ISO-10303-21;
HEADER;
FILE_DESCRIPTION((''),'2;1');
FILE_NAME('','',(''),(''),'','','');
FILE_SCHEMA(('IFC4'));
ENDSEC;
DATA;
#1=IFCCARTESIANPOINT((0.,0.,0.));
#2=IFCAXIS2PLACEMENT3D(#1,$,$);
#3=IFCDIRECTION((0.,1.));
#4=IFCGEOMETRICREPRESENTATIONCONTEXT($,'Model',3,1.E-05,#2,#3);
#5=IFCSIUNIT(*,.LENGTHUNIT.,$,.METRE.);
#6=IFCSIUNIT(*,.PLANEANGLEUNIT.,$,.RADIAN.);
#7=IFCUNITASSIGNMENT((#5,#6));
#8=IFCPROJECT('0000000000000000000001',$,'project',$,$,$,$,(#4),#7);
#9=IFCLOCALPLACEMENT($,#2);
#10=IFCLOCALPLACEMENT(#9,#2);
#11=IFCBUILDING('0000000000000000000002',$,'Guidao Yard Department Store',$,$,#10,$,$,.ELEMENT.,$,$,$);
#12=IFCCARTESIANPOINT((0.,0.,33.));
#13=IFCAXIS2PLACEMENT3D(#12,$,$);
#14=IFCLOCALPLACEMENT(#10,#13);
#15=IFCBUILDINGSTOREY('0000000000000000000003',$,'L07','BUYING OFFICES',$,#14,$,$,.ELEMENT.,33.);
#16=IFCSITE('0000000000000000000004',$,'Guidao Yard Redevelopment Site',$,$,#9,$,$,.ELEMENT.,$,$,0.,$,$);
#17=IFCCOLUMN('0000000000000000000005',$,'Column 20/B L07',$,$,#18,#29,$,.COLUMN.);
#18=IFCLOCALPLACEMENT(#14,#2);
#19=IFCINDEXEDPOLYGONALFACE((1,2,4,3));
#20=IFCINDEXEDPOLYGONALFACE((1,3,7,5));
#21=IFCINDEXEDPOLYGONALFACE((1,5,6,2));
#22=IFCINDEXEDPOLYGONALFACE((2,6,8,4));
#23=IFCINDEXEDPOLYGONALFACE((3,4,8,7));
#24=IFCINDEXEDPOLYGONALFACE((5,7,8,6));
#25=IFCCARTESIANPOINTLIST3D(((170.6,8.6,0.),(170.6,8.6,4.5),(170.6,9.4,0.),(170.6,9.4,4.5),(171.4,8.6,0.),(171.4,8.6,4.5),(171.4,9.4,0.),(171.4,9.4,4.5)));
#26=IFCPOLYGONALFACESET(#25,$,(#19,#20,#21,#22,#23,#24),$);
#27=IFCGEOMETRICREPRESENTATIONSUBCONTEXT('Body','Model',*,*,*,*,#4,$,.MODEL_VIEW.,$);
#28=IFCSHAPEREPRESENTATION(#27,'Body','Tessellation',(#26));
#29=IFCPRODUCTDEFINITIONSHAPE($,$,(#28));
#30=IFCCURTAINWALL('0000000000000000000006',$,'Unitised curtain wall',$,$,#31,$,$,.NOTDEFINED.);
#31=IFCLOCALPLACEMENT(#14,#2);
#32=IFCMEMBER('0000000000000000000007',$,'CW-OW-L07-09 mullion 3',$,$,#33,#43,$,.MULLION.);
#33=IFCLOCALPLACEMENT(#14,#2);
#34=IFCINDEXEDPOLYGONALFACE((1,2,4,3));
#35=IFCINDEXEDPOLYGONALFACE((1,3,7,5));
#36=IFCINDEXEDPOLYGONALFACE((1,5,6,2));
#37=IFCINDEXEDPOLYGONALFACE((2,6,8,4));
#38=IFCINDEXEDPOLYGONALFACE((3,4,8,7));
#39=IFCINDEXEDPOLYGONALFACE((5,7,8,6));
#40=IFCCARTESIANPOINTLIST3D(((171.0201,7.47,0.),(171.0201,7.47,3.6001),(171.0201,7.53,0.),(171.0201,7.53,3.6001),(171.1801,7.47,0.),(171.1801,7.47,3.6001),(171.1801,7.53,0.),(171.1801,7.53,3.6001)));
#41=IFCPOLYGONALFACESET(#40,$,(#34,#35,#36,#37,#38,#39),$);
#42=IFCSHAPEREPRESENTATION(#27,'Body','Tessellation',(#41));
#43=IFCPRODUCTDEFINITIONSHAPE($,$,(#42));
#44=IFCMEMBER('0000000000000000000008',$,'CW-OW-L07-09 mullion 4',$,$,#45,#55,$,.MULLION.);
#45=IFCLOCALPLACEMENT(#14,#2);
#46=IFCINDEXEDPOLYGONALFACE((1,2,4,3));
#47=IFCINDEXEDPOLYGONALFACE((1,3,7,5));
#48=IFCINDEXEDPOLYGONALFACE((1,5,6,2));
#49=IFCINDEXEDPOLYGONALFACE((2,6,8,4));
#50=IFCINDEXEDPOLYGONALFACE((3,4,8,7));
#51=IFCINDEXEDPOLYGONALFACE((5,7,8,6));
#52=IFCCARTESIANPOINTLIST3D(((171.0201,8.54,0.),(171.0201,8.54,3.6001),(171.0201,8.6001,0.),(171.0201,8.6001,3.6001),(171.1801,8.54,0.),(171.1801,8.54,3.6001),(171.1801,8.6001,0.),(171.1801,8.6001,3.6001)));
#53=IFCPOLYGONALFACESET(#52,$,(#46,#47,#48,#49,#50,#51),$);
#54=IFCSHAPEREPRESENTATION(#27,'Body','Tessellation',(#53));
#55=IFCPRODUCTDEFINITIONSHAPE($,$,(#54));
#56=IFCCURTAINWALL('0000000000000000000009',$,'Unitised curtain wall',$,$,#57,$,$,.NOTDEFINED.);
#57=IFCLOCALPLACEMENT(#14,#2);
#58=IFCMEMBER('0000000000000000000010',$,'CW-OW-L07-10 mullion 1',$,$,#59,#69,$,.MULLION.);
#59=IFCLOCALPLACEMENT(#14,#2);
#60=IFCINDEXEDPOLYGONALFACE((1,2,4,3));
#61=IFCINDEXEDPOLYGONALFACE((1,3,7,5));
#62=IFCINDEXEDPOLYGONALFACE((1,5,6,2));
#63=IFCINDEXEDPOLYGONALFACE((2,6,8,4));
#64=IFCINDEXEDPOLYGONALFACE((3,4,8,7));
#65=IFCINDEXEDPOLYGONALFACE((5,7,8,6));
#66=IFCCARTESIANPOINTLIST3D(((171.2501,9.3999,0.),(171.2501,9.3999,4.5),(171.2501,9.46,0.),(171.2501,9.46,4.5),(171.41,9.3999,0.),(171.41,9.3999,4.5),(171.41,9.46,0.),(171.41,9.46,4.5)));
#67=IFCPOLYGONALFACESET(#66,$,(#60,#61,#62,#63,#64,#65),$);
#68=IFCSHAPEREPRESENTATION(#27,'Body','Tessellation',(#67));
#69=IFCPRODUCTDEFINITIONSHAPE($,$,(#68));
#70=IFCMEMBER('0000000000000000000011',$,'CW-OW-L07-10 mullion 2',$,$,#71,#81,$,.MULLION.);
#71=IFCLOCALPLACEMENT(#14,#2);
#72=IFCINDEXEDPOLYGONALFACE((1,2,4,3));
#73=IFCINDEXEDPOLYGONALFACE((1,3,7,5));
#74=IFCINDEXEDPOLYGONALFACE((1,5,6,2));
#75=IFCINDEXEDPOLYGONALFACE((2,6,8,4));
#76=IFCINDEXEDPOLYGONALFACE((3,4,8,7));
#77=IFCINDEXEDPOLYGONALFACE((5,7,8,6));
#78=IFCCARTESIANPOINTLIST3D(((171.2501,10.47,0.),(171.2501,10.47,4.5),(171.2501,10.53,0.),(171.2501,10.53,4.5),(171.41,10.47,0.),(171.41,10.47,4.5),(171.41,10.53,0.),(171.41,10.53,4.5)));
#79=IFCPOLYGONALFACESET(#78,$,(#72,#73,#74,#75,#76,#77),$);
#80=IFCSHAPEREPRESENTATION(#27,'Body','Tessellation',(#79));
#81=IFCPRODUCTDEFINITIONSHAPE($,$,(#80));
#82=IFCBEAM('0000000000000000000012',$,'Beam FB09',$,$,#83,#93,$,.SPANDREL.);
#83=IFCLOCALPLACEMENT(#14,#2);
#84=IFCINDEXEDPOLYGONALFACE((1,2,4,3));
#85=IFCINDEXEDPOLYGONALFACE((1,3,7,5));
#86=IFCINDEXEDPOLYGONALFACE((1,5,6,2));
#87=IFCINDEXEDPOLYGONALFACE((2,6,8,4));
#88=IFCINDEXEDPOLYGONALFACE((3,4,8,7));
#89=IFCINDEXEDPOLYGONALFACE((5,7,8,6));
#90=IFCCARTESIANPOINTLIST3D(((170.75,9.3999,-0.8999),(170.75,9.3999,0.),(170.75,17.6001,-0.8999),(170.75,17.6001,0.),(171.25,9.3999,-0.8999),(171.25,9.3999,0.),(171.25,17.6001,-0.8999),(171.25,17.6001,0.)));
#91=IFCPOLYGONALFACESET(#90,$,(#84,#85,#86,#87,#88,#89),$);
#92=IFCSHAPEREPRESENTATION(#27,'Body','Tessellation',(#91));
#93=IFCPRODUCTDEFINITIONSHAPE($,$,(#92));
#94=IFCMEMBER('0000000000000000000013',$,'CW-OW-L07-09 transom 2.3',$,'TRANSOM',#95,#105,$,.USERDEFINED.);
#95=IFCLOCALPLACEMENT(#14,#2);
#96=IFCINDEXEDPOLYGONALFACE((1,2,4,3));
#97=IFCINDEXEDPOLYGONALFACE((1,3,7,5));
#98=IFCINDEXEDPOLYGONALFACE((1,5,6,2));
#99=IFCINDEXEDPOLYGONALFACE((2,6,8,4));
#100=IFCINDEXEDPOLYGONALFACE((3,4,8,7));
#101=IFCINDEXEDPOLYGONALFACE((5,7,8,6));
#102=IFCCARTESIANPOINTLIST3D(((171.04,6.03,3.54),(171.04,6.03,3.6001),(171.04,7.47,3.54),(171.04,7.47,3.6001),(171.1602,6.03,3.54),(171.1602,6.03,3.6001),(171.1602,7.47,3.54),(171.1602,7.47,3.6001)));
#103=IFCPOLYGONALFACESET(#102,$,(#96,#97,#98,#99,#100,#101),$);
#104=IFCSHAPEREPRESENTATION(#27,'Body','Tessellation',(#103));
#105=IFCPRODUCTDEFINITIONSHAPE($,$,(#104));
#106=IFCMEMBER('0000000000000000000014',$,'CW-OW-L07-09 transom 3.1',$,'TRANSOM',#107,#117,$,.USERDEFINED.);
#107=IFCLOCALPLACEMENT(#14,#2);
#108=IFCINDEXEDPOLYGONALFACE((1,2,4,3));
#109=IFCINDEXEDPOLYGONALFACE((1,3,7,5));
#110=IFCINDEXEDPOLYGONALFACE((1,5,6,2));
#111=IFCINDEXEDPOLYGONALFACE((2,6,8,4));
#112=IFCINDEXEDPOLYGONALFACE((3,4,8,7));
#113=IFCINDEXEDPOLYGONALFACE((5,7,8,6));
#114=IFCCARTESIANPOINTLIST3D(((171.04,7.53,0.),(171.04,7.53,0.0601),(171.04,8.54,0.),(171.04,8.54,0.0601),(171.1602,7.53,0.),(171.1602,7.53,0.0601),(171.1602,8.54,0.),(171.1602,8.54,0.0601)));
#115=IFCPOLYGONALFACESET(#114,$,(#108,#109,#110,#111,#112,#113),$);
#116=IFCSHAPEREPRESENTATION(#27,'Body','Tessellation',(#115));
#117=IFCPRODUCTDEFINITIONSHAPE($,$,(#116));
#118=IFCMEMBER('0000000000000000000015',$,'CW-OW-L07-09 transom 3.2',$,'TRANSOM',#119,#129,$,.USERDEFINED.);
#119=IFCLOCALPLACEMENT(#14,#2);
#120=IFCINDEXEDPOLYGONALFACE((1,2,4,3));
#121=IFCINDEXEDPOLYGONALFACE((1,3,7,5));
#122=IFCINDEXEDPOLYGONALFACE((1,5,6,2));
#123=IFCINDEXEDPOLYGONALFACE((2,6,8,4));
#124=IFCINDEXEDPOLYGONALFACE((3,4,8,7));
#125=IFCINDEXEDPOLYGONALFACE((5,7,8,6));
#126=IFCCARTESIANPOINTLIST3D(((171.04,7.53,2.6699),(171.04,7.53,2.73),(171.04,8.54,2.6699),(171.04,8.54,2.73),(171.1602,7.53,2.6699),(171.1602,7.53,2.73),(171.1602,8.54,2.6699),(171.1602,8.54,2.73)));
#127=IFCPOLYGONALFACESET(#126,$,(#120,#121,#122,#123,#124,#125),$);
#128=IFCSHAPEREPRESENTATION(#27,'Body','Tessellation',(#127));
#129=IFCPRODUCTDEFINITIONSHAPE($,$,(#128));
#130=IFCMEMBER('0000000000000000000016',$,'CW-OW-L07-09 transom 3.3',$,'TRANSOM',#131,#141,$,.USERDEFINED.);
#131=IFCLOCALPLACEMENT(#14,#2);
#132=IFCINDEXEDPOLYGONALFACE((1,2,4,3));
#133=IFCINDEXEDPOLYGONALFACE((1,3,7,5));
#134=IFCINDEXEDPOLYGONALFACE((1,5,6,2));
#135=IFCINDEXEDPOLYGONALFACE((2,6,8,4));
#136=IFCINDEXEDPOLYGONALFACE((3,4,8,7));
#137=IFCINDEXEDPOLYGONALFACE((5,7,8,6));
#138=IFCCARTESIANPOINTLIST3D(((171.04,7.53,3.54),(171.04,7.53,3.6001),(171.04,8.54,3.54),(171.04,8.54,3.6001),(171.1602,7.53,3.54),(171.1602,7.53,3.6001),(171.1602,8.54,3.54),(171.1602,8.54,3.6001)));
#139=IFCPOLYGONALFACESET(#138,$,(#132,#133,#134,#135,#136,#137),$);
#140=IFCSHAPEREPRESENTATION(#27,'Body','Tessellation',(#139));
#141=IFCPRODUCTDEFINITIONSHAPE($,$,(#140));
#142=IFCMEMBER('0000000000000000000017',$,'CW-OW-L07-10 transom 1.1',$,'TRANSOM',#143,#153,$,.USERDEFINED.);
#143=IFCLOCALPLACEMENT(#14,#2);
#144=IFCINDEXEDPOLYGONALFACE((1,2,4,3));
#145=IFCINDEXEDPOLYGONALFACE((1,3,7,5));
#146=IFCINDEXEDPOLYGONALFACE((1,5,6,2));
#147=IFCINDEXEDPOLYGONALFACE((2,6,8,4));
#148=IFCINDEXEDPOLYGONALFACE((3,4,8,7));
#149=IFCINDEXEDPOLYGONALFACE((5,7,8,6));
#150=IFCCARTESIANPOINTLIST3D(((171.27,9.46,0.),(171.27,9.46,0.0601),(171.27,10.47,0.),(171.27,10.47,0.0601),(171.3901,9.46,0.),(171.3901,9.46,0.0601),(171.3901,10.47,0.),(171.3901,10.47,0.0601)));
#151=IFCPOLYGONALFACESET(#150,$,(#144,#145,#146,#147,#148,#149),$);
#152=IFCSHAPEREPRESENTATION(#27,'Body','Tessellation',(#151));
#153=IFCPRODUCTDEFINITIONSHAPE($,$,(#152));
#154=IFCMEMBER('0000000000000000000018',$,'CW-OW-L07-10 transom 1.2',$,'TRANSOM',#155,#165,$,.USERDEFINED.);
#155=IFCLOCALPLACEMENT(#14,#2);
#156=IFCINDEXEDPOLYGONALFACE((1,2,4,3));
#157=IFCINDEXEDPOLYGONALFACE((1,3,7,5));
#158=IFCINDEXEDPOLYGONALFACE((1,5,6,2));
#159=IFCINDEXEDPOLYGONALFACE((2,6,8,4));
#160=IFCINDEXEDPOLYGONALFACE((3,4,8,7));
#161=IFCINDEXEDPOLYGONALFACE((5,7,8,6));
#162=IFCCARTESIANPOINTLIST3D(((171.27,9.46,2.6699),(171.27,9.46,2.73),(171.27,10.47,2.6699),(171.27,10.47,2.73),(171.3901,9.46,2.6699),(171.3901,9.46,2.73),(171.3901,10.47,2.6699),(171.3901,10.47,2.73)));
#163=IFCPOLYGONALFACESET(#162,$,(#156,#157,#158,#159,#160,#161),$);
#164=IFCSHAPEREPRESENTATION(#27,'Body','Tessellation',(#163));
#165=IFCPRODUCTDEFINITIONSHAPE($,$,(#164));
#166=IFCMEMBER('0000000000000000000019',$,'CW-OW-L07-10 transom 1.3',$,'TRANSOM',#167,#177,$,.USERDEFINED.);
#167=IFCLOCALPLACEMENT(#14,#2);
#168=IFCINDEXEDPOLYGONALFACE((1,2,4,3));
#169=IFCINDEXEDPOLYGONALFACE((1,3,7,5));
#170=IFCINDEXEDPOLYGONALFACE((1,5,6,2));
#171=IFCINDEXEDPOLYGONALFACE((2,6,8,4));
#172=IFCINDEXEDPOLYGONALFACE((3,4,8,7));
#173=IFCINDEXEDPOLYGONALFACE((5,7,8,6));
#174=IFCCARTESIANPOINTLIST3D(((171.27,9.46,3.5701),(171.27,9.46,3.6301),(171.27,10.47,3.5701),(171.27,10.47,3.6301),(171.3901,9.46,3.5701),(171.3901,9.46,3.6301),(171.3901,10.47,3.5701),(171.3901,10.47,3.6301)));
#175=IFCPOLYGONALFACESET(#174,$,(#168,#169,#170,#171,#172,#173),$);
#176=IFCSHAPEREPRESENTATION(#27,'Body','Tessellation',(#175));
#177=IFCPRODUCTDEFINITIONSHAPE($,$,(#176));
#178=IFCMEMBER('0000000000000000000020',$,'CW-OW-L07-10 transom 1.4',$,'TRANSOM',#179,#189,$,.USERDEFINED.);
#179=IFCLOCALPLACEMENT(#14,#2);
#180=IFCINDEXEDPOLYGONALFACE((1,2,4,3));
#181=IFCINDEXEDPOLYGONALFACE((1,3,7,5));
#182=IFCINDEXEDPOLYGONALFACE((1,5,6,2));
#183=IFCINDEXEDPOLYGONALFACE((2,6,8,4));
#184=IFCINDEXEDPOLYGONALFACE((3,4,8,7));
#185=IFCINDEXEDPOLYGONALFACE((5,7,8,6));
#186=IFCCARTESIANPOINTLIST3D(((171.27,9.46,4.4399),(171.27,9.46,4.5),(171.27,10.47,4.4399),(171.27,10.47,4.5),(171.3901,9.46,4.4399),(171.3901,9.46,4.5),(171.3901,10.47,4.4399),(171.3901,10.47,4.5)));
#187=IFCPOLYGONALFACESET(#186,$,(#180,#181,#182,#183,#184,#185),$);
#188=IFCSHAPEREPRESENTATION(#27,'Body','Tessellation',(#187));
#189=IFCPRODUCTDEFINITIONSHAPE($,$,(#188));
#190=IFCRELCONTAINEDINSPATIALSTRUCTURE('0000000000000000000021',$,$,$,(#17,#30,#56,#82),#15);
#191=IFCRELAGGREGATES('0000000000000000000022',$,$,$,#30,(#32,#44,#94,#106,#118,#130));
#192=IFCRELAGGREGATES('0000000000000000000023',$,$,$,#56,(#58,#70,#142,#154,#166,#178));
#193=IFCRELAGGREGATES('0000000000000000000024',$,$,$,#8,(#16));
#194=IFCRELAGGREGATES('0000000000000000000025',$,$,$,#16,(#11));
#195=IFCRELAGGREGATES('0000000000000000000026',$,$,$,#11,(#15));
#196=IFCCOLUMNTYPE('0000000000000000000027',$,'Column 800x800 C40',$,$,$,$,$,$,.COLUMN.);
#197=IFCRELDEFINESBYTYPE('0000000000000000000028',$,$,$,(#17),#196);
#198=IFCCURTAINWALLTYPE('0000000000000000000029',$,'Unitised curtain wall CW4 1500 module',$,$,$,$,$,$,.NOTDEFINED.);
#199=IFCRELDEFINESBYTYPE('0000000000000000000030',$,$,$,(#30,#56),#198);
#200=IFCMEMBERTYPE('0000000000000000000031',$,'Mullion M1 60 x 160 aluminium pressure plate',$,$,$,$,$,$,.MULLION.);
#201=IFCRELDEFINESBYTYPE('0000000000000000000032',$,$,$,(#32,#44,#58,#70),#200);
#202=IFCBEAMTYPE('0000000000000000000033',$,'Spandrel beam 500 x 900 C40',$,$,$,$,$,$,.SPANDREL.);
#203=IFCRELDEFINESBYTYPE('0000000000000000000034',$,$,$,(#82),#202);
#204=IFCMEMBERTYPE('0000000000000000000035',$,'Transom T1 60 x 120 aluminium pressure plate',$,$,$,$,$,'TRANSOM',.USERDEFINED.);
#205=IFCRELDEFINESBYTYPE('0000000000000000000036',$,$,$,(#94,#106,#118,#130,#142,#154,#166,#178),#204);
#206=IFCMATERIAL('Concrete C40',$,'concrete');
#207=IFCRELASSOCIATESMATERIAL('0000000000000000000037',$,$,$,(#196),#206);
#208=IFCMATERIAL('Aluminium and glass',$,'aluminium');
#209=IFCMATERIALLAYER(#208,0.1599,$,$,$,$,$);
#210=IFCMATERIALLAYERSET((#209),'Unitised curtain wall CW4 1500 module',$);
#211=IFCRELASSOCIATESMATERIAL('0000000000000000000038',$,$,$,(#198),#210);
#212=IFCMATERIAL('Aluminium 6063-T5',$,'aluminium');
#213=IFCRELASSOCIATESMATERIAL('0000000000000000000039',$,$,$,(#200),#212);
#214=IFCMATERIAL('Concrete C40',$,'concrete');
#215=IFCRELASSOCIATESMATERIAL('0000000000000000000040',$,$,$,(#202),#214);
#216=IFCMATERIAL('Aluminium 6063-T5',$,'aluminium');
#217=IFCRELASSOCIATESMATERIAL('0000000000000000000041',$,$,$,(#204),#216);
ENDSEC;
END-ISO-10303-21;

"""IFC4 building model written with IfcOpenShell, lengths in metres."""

from ifc_helpers import new_model, si_unit, direction, frame, origin, origin_2d, place, context, subcontext, project, spatial, rectangle, extrude, material, layer, layer_set, material_profile, profile_set, type_object, element, aggregate, save


model = new_model("IFC4")

# Units and contexts
model_context = context("Model", 3, precision=1e-05, world=origin(), true_north=direction((0.0, 1.0)))
body_context = subcontext(model_context, "Body", "Model", "MODEL_VIEW")
ifc_project = project(units=[si_unit("LENGTHUNIT", "METRE"), si_unit("PLANEANGLEUNIT", "RADIAN")], contexts=[model_context])

# Site, building, storey
site_placement = place(None, origin())
site = spatial("IfcSite", under=ifc_project, at=site_placement, Name="Guidao Yard Redevelopment Site", CompositionType="ELEMENT", RefElevation=0.0)
building_placement = place(site_placement, origin())
building = spatial("IfcBuilding", under=site, at=building_placement, Name="Guidao Yard Department Store", CompositionType="ELEMENT")
storey_placement = place(building_placement, frame((0.0, 0.0, 33.0)))
storey = spatial("IfcBuildingStorey", under=building, at=storey_placement, Name="L07", Description="BUYING OFFICES", CompositionType="ELEMENT", Elevation=33.0)

# Column
ifc_material_1 = material(Name="Concrete C40", Category="concrete")
ifc_material_profile_1 = material_profile(ifc_material_1, rectangle(XDim=0.8, YDim=0.8, at=origin_2d()), Name="COL 800x800")
ifc_profile_set_1 = profile_set([ifc_material_profile_1], Name="Concrete C40")
column_type = type_object("IfcColumnType", Name="Column 800x800 C40", PredefinedType="COLUMN", material=ifc_profile_set_1)
column_placement = place(storey_placement, frame((171.0, 9.0, 0.0), z_axis=(0.0, 0.0, 1.0), x_axis=(1.0, 0.0, 0.0)))
element("IfcColumn", 1, at=column_placement, inside=storey, type_object=column_type, Name="Column 20/B L07", PredefinedType="COLUMN", context=body_context, shape_type="SweptSolid", body=[
    extrude(rectangle(XDim=0.8, YDim=0.8, at=origin_2d()), origin(), (0.0, 0.0, 1.0), 4.5),
])

# Curtain walls, members
ifc_material_2 = material(Name="Aluminium and glass", Category="aluminium")
ifc_layer_1 = layer(ifc_material_2, 0.1599)
ifc_layer_set_1 = layer_set([ifc_layer_1], Name="Unitised curtain wall CW4 1500 module")
curtain_wall_type = type_object("IfcCurtainWallType", Name="Unitised curtain wall CW4 1500 module", PredefinedType="NOTDEFINED", material=ifc_layer_set_1)
curtain_wall_1_placement = place(storey_placement, origin())
curtain_wall_1 = element("IfcCurtainWall", 2, at=curtain_wall_1_placement, inside=storey, type_object=curtain_wall_type, Name="Unitised curtain wall", PredefinedType="NOTDEFINED")
ifc_material_3 = material(Name="Aluminium 6063-T5", Category="aluminium")
ifc_material_profile_2 = material_profile(ifc_material_3, rectangle(XDim=0.0601, YDim=0.1599, at=origin_2d()), Name="Mullion M1 60 x 160 aluminium pressure plate")
ifc_profile_set_2 = profile_set([ifc_material_profile_2], Name="Aluminium 6063-T5")
member_type_1 = type_object("IfcMemberType", Name="Mullion M1 60 x 160 aluminium pressure plate", PredefinedType="MULLION", material=ifc_profile_set_2)
member_1_placement = place(storey_placement, frame((171.1001, 7.5, 0.0), z_axis=(0.0, 0.0, 1.0), x_axis=(0.0, -1.0, 0.0)))
member_1 = element("IfcMember", 3, at=member_1_placement, type_object=member_type_1, Name="CW-OW-L07-09 mullion 3", PredefinedType="MULLION", context=body_context, shape_type="SweptSolid", body=[
    extrude(rectangle(XDim=0.0601, YDim=0.1599, at=origin_2d()), origin(), (0.0, 0.0, 1.0), 3.6001),
])
member_2_placement = place(storey_placement, frame((171.1001, 8.5701, 0.0), z_axis=(0.0, 0.0, 1.0), x_axis=(0.0, -1.0, 0.0)))
member_2 = element("IfcMember", 4, at=member_2_placement, type_object=member_type_1, Name="CW-OW-L07-09 mullion 4", PredefinedType="MULLION", context=body_context, shape_type="SweptSolid", body=[
    extrude(rectangle(XDim=0.0601, YDim=0.1599, at=origin_2d()), origin(), (0.0, 0.0, 1.0), 3.6001),
])
curtain_wall_2_placement = place(storey_placement, origin())
curtain_wall_2 = element("IfcCurtainWall", 5, at=curtain_wall_2_placement, inside=storey, type_object=curtain_wall_type, Name="Unitised curtain wall", PredefinedType="NOTDEFINED")
member_3_placement = place(storey_placement, frame((171.3301, 9.4299, 0.0), z_axis=(0.0, 0.0, 1.0), x_axis=(0.0, -1.0, 0.0)))
member_3 = element("IfcMember", 6, at=member_3_placement, type_object=member_type_1, Name="CW-OW-L07-10 mullion 1", PredefinedType="MULLION", context=body_context, shape_type="SweptSolid", body=[
    extrude(rectangle(XDim=0.0601, YDim=0.1599, at=origin_2d()), origin(), (0.0, 0.0, 1.0), 4.5),
])
member_4_placement = place(storey_placement, frame((171.3301, 10.5, 0.0), z_axis=(0.0, 0.0, 1.0), x_axis=(0.0, -1.0, 0.0)))
member_4 = element("IfcMember", 7, at=member_4_placement, type_object=member_type_1, Name="CW-OW-L07-10 mullion 2", PredefinedType="MULLION", context=body_context, shape_type="SweptSolid", body=[
    extrude(rectangle(XDim=0.0601, YDim=0.1599, at=origin_2d()), origin(), (0.0, 0.0, 1.0), 4.5),
])

# Beam
ifc_material_4 = material(Name="Concrete C40", Category="concrete")
ifc_material_profile_3 = material_profile(ifc_material_4, rectangle(XDim=0.5, YDim=0.8999, at=origin_2d()), Name="Spandrel beam 500 x 900 C40")
ifc_profile_set_3 = profile_set([ifc_material_profile_3], Name="Concrete C40")
beam_type = type_object("IfcBeamType", Name="Spandrel beam 500 x 900 C40", PredefinedType="SPANDREL", material=ifc_profile_set_3)
beam_placement = place(storey_placement, frame((171.0, 9.3999, -0.45), z_axis=(0.0, 1.0, 0.0), x_axis=(-1.0, 0.0, 0.0)))
element("IfcBeam", 8, at=beam_placement, inside=storey, type_object=beam_type, Name="Beam FB09", PredefinedType="SPANDREL", context=body_context, shape_type="SweptSolid", body=[
    extrude(rectangle(XDim=0.5, YDim=0.8999, at=origin_2d()), origin(), (0.0, 0.0, 1.0), 8.2002),
])

# Members
ifc_material_5 = material(Name="Aluminium 6063-T5", Category="aluminium")
ifc_material_profile_4 = material_profile(ifc_material_5, rectangle(XDim=0.1201, YDim=0.0601, at=origin_2d()), Name="Transom T1 60 x 120 aluminium pressure plate")
ifc_profile_set_4 = profile_set([ifc_material_profile_4], Name="Aluminium 6063-T5")
member_type_2 = type_object("IfcMemberType", Name="Transom T1 60 x 120 aluminium pressure plate", ElementType="TRANSOM", PredefinedType="USERDEFINED", material=ifc_profile_set_4)
member_5_placement = place(storey_placement, frame((171.1001, 7.47, 3.5701), z_axis=(0.0, -1.0, 0.0), x_axis=(1.0, 0.0, 0.0)))
member_5 = element("IfcMember", 9, at=member_5_placement, type_object=member_type_2, Name="CW-OW-L07-09 transom 2.3", ObjectType="TRANSOM", PredefinedType="USERDEFINED", context=body_context, shape_type="SweptSolid", body=[
    extrude(rectangle(XDim=0.1201, YDim=0.0601, at=origin_2d()), origin(), (0.0, 0.0, 1.0), 1.4399),
])
member_6_placement = place(storey_placement, frame((171.1001, 8.54, 0.03), z_axis=(0.0, -1.0, 0.0), x_axis=(1.0, 0.0, 0.0)))
member_6 = element("IfcMember", 10, at=member_6_placement, type_object=member_type_2, Name="CW-OW-L07-09 transom 3.1", ObjectType="TRANSOM", PredefinedType="USERDEFINED", context=body_context, shape_type="SweptSolid", body=[
    extrude(rectangle(XDim=0.1201, YDim=0.0601, at=origin_2d()), origin(), (0.0, 0.0, 1.0), 1.01),
])
member_7_placement = place(storey_placement, frame((171.1001, 8.54, 2.7), z_axis=(0.0, -1.0, 0.0), x_axis=(1.0, 0.0, 0.0)))
member_7 = element("IfcMember", 11, at=member_7_placement, type_object=member_type_2, Name="CW-OW-L07-09 transom 3.2", ObjectType="TRANSOM", PredefinedType="USERDEFINED", context=body_context, shape_type="SweptSolid", body=[
    extrude(rectangle(XDim=0.1201, YDim=0.0601, at=origin_2d()), origin(), (0.0, 0.0, 1.0), 1.01),
])
member_8_placement = place(storey_placement, frame((171.1001, 8.54, 3.5701), z_axis=(0.0, -1.0, 0.0), x_axis=(1.0, 0.0, 0.0)))
member_8 = element("IfcMember", 12, at=member_8_placement, type_object=member_type_2, Name="CW-OW-L07-09 transom 3.3", ObjectType="TRANSOM", PredefinedType="USERDEFINED", context=body_context, shape_type="SweptSolid", body=[
    extrude(rectangle(XDim=0.1201, YDim=0.0601, at=origin_2d()), origin(), (0.0, 0.0, 1.0), 1.01),
])
member_9_placement = place(storey_placement, frame((171.3301, 10.47, 0.03), z_axis=(0.0, -1.0, 0.0), x_axis=(1.0, 0.0, 0.0)))
member_9 = element("IfcMember", 13, at=member_9_placement, type_object=member_type_2, Name="CW-OW-L07-10 transom 1.1", ObjectType="TRANSOM", PredefinedType="USERDEFINED", context=body_context, shape_type="SweptSolid", body=[
    extrude(rectangle(XDim=0.1201, YDim=0.0601, at=origin_2d()), origin(), (0.0, 0.0, 1.0), 1.01),
])
member_10_placement = place(storey_placement, frame((171.3301, 10.47, 2.7), z_axis=(0.0, -1.0, 0.0), x_axis=(1.0, 0.0, 0.0)))
member_10 = element("IfcMember", 14, at=member_10_placement, type_object=member_type_2, Name="CW-OW-L07-10 transom 1.2", ObjectType="TRANSOM", PredefinedType="USERDEFINED", context=body_context, shape_type="SweptSolid", body=[
    extrude(rectangle(XDim=0.1201, YDim=0.0601, at=origin_2d()), origin(), (0.0, 0.0, 1.0), 1.01),
])
member_11_placement = place(storey_placement, frame((171.3301, 10.47, 3.6001), z_axis=(0.0, -1.0, 0.0), x_axis=(1.0, 0.0, 0.0)))
member_11 = element("IfcMember", 15, at=member_11_placement, type_object=member_type_2, Name="CW-OW-L07-10 transom 1.3", ObjectType="TRANSOM", PredefinedType="USERDEFINED", context=body_context, shape_type="SweptSolid", body=[
    extrude(rectangle(XDim=0.1201, YDim=0.0601, at=origin_2d()), origin(), (0.0, 0.0, 1.0), 1.01),
])
member_12_placement = place(storey_placement, frame((171.3301, 10.47, 4.47), z_axis=(0.0, -1.0, 0.0), x_axis=(1.0, 0.0, 0.0)))
member_12 = element("IfcMember", 16, at=member_12_placement, type_object=member_type_2, Name="CW-OW-L07-10 transom 1.4", ObjectType="TRANSOM", PredefinedType="USERDEFINED", context=body_context, shape_type="SweptSolid", body=[
    extrude(rectangle(XDim=0.1201, YDim=0.0601, at=origin_2d()), origin(), (0.0, 0.0, 1.0), 1.01),
])

aggregate(curtain_wall_1, [member_1, member_2, member_5, member_6, member_7, member_8])
aggregate(curtain_wall_2, [member_3, member_4, member_9, member_10, member_11, member_12])

save(model, "model.ifc")
